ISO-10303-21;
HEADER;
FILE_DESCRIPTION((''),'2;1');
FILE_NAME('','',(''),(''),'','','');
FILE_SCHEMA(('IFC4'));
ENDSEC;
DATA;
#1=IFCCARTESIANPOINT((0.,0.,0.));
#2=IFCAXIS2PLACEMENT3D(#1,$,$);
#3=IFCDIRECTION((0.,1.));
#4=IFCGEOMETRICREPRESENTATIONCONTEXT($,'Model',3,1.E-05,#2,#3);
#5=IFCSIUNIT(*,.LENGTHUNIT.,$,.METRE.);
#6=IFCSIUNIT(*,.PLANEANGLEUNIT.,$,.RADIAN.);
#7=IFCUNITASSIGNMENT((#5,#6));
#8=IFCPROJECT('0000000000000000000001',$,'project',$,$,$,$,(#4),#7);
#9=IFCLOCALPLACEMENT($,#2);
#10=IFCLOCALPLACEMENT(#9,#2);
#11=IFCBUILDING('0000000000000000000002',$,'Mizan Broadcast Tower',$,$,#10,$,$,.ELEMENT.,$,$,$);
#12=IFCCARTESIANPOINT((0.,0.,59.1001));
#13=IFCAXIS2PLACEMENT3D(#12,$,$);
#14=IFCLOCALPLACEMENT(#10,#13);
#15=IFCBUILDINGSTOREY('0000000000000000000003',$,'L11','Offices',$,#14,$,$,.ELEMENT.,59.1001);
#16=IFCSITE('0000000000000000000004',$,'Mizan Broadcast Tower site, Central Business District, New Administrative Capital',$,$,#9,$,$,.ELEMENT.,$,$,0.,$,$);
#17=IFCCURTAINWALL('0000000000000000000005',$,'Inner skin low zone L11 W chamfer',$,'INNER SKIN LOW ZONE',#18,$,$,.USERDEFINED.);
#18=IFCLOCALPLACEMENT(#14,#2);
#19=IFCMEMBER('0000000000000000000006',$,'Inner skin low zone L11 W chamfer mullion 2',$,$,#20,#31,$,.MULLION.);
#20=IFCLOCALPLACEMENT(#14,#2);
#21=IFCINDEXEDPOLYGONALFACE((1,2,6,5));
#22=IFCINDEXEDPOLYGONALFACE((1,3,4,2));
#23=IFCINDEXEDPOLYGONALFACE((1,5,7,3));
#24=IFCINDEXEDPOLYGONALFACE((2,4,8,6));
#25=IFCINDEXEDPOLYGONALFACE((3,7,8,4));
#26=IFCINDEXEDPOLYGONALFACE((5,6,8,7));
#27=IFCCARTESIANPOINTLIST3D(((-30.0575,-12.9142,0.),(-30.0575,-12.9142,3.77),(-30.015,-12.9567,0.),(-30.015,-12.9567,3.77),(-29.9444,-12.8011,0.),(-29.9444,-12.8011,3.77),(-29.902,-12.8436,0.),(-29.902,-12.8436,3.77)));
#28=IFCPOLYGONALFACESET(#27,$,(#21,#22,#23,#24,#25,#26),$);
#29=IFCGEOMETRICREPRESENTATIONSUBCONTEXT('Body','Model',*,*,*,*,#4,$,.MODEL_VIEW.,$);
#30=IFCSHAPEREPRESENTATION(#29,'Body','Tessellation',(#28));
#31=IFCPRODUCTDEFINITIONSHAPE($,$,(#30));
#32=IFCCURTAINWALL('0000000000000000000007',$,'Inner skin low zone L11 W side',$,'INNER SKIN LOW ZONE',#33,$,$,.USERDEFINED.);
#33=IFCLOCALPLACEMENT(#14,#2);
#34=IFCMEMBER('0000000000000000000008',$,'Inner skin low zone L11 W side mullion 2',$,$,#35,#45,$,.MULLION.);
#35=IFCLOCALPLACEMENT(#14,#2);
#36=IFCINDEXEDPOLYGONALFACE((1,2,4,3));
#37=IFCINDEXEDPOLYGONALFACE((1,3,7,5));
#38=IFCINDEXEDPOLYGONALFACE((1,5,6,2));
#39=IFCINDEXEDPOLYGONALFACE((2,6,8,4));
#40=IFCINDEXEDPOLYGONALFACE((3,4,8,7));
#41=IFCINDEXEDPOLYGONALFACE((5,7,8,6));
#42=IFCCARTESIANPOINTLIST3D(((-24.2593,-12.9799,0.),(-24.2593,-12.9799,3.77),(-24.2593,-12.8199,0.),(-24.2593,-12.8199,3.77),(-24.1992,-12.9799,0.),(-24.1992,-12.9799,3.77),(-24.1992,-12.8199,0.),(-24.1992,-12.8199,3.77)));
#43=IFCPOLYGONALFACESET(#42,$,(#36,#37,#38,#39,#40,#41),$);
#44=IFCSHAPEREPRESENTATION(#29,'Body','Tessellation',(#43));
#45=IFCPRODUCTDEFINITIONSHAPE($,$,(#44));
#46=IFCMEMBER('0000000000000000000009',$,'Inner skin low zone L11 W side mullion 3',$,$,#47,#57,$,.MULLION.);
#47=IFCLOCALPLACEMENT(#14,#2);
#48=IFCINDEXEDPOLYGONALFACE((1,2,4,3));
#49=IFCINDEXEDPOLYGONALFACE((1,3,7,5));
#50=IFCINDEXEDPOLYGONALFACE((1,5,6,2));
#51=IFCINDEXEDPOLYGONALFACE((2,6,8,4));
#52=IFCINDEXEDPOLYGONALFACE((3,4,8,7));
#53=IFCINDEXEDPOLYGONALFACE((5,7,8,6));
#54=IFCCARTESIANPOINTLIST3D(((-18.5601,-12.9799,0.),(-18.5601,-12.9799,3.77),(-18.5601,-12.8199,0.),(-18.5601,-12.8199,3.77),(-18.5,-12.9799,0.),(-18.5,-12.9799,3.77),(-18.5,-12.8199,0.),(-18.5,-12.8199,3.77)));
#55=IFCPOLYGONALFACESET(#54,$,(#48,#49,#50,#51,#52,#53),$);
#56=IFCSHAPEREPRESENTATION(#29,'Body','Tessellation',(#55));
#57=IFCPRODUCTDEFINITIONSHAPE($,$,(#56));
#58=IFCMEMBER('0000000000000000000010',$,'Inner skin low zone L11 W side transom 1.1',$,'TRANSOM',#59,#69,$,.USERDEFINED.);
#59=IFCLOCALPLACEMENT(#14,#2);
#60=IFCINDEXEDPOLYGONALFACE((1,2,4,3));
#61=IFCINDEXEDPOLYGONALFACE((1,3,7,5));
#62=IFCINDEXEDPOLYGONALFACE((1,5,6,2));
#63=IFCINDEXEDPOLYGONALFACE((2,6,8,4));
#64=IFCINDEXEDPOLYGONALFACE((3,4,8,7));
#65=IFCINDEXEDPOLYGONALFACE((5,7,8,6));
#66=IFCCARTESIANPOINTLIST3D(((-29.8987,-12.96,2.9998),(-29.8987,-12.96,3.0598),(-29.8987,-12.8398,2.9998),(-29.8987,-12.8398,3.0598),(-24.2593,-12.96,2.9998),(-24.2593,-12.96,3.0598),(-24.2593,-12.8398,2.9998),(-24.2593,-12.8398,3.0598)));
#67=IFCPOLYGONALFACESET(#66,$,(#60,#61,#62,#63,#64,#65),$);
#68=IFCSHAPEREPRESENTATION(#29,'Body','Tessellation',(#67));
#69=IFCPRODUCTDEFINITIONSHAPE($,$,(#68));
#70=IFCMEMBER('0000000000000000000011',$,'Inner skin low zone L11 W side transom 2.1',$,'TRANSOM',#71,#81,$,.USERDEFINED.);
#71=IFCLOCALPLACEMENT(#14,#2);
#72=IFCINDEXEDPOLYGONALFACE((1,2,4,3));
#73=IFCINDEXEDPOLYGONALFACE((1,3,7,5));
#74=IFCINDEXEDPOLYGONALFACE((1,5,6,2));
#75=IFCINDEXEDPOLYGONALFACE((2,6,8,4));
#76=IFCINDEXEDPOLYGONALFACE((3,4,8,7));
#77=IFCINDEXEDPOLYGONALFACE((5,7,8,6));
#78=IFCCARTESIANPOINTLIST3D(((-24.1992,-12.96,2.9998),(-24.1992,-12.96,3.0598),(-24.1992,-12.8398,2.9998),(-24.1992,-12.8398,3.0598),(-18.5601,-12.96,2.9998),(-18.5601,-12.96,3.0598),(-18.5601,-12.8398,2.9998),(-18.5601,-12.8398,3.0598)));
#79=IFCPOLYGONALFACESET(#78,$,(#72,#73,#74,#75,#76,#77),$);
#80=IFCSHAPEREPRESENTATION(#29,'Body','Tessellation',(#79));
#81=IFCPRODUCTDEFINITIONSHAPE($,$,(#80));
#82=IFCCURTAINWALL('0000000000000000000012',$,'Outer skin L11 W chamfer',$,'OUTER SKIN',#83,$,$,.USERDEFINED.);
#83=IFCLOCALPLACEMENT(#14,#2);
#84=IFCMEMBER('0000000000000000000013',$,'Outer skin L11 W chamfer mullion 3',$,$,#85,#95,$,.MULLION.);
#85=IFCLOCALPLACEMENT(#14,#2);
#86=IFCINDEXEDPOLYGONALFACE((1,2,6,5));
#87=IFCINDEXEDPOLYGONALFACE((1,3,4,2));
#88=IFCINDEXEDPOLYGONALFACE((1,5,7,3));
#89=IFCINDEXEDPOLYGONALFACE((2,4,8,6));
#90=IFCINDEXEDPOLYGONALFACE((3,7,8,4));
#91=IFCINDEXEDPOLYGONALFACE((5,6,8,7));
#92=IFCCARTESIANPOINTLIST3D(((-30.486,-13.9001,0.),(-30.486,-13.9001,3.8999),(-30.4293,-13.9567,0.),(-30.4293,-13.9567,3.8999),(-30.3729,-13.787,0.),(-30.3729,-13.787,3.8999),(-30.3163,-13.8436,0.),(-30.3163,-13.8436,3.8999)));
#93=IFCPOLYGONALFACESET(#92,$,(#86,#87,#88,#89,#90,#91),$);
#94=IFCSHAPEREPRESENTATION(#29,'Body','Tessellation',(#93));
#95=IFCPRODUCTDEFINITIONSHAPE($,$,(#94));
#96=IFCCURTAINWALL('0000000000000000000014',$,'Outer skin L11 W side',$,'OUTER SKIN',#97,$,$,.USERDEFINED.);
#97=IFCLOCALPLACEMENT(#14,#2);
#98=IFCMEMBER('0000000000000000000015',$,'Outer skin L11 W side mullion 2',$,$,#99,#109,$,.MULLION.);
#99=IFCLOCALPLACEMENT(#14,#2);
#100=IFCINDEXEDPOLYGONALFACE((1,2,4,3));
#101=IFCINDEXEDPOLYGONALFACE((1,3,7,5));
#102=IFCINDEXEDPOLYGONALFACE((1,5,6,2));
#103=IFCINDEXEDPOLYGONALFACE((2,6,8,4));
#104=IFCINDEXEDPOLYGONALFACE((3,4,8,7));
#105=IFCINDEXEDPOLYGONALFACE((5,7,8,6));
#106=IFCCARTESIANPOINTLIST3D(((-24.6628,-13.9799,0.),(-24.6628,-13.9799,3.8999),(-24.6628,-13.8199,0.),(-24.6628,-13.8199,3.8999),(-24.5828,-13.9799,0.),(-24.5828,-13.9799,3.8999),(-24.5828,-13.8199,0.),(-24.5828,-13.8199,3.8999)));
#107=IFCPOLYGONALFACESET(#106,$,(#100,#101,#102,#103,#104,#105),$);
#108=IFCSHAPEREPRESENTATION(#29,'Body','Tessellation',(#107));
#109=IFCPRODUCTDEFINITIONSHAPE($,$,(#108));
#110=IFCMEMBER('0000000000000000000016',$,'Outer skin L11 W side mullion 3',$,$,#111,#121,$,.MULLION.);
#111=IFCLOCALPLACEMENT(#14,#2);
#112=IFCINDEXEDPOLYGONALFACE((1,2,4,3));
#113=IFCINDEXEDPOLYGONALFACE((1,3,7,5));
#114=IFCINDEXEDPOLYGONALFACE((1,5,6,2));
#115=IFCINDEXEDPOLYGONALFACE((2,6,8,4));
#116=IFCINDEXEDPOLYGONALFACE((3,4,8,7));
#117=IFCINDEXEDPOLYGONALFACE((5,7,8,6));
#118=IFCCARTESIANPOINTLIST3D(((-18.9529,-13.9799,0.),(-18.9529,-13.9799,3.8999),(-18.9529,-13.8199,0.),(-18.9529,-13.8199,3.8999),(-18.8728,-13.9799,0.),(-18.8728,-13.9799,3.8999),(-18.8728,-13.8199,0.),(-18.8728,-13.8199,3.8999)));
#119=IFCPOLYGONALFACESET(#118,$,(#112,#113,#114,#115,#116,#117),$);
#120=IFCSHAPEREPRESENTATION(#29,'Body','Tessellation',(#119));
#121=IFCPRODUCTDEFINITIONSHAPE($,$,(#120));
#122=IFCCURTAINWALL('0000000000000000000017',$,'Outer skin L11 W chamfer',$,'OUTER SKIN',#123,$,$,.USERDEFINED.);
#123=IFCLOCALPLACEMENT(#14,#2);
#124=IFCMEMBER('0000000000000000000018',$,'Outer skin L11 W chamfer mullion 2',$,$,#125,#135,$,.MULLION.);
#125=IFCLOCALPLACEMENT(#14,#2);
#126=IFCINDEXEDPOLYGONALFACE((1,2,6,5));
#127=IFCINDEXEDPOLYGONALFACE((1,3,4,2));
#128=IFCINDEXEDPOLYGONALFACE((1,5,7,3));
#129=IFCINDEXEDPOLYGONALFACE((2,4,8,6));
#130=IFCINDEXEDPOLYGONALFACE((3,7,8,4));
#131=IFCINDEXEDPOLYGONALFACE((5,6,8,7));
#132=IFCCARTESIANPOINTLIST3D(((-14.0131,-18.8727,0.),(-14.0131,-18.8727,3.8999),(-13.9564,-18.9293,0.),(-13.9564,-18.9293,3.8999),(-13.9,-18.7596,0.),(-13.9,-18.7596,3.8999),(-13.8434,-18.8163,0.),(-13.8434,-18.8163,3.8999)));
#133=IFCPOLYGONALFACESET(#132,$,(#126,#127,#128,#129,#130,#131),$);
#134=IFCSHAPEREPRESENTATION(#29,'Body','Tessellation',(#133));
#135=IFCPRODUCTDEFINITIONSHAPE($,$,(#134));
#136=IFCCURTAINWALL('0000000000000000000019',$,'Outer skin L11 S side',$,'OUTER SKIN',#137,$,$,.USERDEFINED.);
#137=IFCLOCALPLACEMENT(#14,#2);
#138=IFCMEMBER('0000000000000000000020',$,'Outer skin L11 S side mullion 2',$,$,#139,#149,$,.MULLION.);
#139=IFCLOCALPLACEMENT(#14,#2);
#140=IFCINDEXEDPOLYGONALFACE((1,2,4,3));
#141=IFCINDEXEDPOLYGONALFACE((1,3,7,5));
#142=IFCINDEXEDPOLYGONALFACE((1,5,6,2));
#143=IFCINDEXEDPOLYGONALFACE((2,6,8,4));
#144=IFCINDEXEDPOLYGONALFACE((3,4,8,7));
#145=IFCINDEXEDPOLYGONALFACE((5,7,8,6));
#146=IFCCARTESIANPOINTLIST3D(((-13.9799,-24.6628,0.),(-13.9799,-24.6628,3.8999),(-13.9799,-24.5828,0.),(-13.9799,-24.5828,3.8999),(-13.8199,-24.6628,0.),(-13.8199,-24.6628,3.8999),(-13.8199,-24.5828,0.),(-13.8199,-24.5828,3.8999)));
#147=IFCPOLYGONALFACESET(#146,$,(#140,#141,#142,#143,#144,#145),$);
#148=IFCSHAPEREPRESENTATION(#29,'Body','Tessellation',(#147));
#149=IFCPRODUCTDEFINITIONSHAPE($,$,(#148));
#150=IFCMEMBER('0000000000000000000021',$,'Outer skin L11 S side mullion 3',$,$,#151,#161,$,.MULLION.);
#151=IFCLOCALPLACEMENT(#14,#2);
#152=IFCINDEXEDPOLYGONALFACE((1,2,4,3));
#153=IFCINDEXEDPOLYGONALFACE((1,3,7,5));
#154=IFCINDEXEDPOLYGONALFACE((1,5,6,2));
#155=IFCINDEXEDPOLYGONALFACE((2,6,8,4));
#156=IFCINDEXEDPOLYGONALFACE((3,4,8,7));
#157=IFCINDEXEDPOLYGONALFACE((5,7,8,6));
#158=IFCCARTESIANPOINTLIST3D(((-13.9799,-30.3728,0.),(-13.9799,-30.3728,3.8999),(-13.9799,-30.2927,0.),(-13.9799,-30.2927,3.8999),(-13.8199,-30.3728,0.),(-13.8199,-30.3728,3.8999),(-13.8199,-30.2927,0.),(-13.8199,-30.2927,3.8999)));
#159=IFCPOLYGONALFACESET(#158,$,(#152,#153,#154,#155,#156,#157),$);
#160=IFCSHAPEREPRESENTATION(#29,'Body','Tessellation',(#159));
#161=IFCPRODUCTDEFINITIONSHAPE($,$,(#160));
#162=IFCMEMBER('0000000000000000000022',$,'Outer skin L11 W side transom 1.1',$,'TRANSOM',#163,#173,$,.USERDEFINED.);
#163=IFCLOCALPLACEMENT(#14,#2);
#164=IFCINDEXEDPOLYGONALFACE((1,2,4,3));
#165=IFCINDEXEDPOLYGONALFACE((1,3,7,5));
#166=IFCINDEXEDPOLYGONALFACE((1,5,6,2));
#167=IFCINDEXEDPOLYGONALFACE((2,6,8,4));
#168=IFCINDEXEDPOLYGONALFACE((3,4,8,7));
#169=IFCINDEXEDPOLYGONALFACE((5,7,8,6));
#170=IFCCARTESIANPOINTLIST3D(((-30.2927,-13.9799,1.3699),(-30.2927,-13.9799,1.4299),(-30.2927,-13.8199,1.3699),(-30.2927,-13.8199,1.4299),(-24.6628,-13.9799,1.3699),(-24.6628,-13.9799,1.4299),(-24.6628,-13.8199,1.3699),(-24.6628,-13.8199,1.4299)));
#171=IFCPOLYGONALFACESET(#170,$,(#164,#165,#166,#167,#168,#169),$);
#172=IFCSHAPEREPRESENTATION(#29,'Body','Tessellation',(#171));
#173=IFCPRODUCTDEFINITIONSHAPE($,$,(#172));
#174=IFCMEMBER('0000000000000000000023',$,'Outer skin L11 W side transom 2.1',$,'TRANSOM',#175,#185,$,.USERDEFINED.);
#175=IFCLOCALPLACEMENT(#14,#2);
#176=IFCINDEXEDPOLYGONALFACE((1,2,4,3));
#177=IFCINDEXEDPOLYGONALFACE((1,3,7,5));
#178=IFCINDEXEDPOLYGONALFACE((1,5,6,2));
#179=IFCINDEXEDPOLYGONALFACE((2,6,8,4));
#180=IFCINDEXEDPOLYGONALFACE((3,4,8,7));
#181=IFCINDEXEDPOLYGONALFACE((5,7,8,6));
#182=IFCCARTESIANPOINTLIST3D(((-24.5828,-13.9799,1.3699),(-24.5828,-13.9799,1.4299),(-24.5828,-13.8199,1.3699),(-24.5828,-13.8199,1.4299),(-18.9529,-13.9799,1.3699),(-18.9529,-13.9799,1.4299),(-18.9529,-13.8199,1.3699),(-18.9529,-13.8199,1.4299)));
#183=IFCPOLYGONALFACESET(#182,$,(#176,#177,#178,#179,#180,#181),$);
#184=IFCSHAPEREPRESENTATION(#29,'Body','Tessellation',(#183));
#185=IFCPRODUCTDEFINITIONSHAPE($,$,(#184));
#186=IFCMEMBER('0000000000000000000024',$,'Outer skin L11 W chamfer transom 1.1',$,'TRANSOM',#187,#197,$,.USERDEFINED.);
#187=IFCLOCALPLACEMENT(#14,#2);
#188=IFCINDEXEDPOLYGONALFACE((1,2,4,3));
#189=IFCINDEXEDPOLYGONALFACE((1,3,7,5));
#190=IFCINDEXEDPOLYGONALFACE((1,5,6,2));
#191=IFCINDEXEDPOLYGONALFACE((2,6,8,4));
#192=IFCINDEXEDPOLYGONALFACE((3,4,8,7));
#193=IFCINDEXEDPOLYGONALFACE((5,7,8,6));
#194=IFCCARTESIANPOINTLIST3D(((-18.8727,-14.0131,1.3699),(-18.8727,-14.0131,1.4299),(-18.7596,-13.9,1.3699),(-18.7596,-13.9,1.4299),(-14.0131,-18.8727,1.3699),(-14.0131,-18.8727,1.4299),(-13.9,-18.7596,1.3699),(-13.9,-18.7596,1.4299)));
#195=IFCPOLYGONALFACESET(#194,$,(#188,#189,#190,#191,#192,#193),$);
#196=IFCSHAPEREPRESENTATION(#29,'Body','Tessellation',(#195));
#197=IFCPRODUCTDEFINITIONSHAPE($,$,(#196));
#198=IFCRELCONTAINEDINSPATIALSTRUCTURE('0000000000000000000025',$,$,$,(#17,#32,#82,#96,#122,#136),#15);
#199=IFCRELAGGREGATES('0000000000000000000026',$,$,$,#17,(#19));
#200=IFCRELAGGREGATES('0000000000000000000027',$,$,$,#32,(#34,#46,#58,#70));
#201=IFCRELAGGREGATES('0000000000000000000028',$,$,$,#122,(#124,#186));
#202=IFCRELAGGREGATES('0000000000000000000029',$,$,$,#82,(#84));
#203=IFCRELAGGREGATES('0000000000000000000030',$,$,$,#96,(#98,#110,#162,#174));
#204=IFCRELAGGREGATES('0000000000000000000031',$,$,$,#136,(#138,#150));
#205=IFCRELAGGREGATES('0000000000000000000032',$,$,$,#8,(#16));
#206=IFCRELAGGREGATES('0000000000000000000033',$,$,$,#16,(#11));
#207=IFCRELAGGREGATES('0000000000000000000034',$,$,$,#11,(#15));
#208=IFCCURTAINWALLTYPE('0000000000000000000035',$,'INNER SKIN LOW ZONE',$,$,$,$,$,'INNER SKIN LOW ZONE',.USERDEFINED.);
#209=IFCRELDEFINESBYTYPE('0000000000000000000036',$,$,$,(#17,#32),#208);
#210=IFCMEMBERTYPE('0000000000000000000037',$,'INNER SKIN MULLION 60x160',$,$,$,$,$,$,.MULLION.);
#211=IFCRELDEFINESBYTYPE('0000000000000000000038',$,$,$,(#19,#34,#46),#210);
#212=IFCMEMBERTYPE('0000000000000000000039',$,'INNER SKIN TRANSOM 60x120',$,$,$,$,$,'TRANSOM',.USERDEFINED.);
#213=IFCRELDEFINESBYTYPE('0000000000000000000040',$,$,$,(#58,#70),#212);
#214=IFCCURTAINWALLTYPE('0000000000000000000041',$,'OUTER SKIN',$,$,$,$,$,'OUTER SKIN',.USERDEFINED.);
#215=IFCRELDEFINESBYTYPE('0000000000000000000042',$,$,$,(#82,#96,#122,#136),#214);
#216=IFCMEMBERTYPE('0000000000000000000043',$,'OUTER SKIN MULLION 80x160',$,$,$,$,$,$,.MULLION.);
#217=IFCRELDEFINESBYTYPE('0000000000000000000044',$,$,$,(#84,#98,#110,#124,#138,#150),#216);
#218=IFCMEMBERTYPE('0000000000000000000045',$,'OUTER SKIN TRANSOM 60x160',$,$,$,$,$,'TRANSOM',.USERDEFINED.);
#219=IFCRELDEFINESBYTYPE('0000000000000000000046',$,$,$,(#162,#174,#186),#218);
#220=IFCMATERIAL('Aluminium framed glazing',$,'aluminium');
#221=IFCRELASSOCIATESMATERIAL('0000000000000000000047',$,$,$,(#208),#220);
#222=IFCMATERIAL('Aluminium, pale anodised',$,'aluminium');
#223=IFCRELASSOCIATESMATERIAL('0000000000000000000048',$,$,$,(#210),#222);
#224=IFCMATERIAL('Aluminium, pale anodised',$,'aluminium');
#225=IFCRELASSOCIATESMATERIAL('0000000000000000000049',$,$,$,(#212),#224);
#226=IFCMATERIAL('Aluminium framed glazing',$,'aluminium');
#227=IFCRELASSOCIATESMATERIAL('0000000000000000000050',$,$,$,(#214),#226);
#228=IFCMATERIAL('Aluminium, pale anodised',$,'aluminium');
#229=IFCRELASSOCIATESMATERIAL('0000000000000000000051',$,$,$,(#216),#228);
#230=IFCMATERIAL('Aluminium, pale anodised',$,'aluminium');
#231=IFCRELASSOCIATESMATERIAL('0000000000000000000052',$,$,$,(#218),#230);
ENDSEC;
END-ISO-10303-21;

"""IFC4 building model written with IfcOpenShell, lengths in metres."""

from ifc_helpers import new_model, si_unit, direction, frame, origin, origin_2d, place, context, subcontext, project, spatial, rectangle, extrude, material, material_profile, profile_set, type_object, element, aggregate, save


model = new_model("IFC4")

# Units and contexts
model_context = context("Model", 3, precision=1e-05, world=origin(), true_north=direction((0.0, 1.0)))
body_context = subcontext(model_context, "Body", "Model", "MODEL_VIEW")
ifc_project = project(units=[si_unit("LENGTHUNIT", "METRE"), si_unit("PLANEANGLEUNIT", "RADIAN")], contexts=[model_context])

# Site, building, storey
site_placement = place(None, origin())
site = spatial("IfcSite", under=ifc_project, at=site_placement, Name="Mizan Broadcast Tower site, Central Business District, New Administrative Capital", CompositionType="ELEMENT", RefElevation=0.0)
building_placement = place(site_placement, origin())
building = spatial("IfcBuilding", under=site, at=building_placement, Name="Mizan Broadcast Tower", CompositionType="ELEMENT")
storey_placement = place(building_placement, frame((0.0, 0.0, 59.1001)))
storey = spatial("IfcBuildingStorey", under=building, at=storey_placement, Name="L11", Description="Offices", CompositionType="ELEMENT", Elevation=59.1001)

# Curtain wall, member
ifc_material_1 = material(Name="Aluminium framed glazing", Category="aluminium")
curtain_wall_type_1 = type_object("IfcCurtainWallType", Name="INNER SKIN LOW ZONE", ElementType="INNER SKIN LOW ZONE", PredefinedType="USERDEFINED", material=ifc_material_1)
curtain_wall_1_placement = place(storey_placement, origin())
curtain_wall_1 = element("IfcCurtainWall", 1, at=curtain_wall_1_placement, inside=storey, type_object=curtain_wall_type_1, Name="Inner skin low zone L11 W chamfer", ObjectType="INNER SKIN LOW ZONE", PredefinedType="USERDEFINED")
ifc_material_2 = material(Name="Aluminium, pale anodised", Category="aluminium")
ifc_material_profile_1 = material_profile(ifc_material_2, rectangle(XDim=0.1599, YDim=0.0601, at=origin_2d()), Name="MULLION 160x60")
ifc_profile_set_1 = profile_set([ifc_material_profile_1], Name="Aluminium, pale anodised")
member_type_1 = type_object("IfcMemberType", Name="INNER SKIN MULLION 60x160", PredefinedType="MULLION", material=ifc_profile_set_1)
member_1_placement = place(storey_placement, frame((-29.9797, -12.8789, 0.0), z_axis=(0.0, 0.0, 1.0), x_axis=(0.707107, 0.707107, 0.0)))
member_1 = element("IfcMember", 2, at=member_1_placement, type_object=member_type_1, Name="Inner skin low zone L11 W chamfer mullion 2", PredefinedType="MULLION", context=body_context, shape_type="SweptSolid", body=[
    extrude(rectangle(XDim=0.1599, YDim=0.0601, at=origin_2d()), origin(), (0.0, 0.0, 1.0), 3.77),
])
aggregate(curtain_wall_1, [member_1])

# Curtain wall, members
curtain_wall_2_placement = place(storey_placement, origin())
curtain_wall_2 = element("IfcCurtainWall", 3, at=curtain_wall_2_placement, inside=storey, type_object=curtain_wall_type_1, Name="Inner skin low zone L11 W side", ObjectType="INNER SKIN LOW ZONE", PredefinedType="USERDEFINED")
member_2_placement = place(storey_placement, frame((-24.2292, -12.8999, 0.0), z_axis=(0.0, 0.0, 1.0), x_axis=(0.0, 1.0, 0.0)))
member_2 = element("IfcMember", 4, at=member_2_placement, type_object=member_type_1, Name="Inner skin low zone L11 W side mullion 2", PredefinedType="MULLION", context=body_context, shape_type="SweptSolid", body=[
    extrude(rectangle(XDim=0.1599, YDim=0.0601, at=origin_2d()), origin(), (0.0, 0.0, 1.0), 3.77),
])
member_3_placement = place(storey_placement, frame((-18.53, -12.8999, 0.0), z_axis=(0.0, 0.0, 1.0), x_axis=(0.0, 1.0, 0.0)))
member_3 = element("IfcMember", 5, at=member_3_placement, type_object=member_type_1, Name="Inner skin low zone L11 W side mullion 3", PredefinedType="MULLION", context=body_context, shape_type="SweptSolid", body=[
    extrude(rectangle(XDim=0.1599, YDim=0.0601, at=origin_2d()), origin(), (0.0, 0.0, 1.0), 3.77),
])
ifc_material_3 = material(Name="Aluminium, pale anodised", Category="aluminium")
ifc_material_profile_2 = material_profile(ifc_material_3, rectangle(XDim=0.1201, YDim=0.0601, at=origin_2d()), Name="TRANSOM 120x60")
ifc_profile_set_2 = profile_set([ifc_material_profile_2], Name="Aluminium, pale anodised")
member_type_2 = type_object("IfcMemberType", Name="INNER SKIN TRANSOM 60x120", ElementType="TRANSOM", PredefinedType="USERDEFINED", material=ifc_profile_set_2)
member_4_placement = place(storey_placement, frame((-29.8987, -12.8999, 3.0298), z_axis=(1.0, 0.0, 0.0), x_axis=(0.0, 1.0, 0.0)))
member_4 = element("IfcMember", 6, at=member_4_placement, type_object=member_type_2, Name="Inner skin low zone L11 W side transom 1.1", ObjectType="TRANSOM", PredefinedType="USERDEFINED", context=body_context, shape_type="SweptSolid", body=[
    extrude(rectangle(XDim=0.1201, YDim=0.0601, at=origin_2d()), origin(), (0.0, 0.0, 1.0), 5.6394),
])
member_5_placement = place(storey_placement, frame((-24.1992, -12.8999, 3.0298), z_axis=(1.0, 0.0, 0.0), x_axis=(0.0, 1.0, 0.0)))
member_5 = element("IfcMember", 7, at=member_5_placement, type_object=member_type_2, Name="Inner skin low zone L11 W side transom 2.1", ObjectType="TRANSOM", PredefinedType="USERDEFINED", context=body_context, shape_type="SweptSolid", body=[
    extrude(rectangle(XDim=0.1201, YDim=0.0601, at=origin_2d()), origin(), (0.0, 0.0, 1.0), 5.6392),
])

# Curtain wall, member
ifc_material_4 = material(Name="Aluminium framed glazing", Category="aluminium")
curtain_wall_type_2 = type_object("IfcCurtainWallType", Name="OUTER SKIN", ElementType="OUTER SKIN", PredefinedType="USERDEFINED", material=ifc_material_4)
curtain_wall_3_placement = place(storey_placement, origin())
curtain_wall_3 = element("IfcCurtainWall", 8, at=curtain_wall_3_placement, inside=storey, type_object=curtain_wall_type_2, Name="Outer skin L11 W chamfer", ObjectType="OUTER SKIN", PredefinedType="USERDEFINED")
ifc_material_5 = material(Name="Aluminium, pale anodised", Category="aluminium")
ifc_material_profile_3 = material_profile(ifc_material_5, rectangle(XDim=0.1599, YDim=0.0801, at=origin_2d()), Name="MULLION 160x80")
ifc_profile_set_3 = profile_set([ifc_material_profile_3], Name="Aluminium, pale anodised")
member_type_3 = type_object("IfcMemberType", Name="OUTER SKIN MULLION 80x160", PredefinedType="MULLION", material=ifc_profile_set_3)
member_6_placement = place(storey_placement, frame((-30.4011, -13.8718, 0.0), z_axis=(0.0, 0.0, 1.0), x_axis=(0.707107, 0.707107, 0.0)))
member_6 = element("IfcMember", 9, at=member_6_placement, type_object=member_type_3, Name="Outer skin L11 W chamfer mullion 3", PredefinedType="MULLION", context=body_context, shape_type="SweptSolid", body=[
    extrude(rectangle(XDim=0.1599, YDim=0.0801, at=origin_2d()), origin(), (0.0, 0.0, 1.0), 3.8999),
])

# Curtain wall, members
curtain_wall_4_placement = place(storey_placement, origin())
curtain_wall_4 = element("IfcCurtainWall", 10, at=curtain_wall_4_placement, inside=storey, type_object=curtain_wall_type_2, Name="Outer skin L11 W side", ObjectType="OUTER SKIN", PredefinedType="USERDEFINED")
member_7_placement = place(storey_placement, frame((-24.6228, -13.8999, 0.0), z_axis=(0.0, 0.0, 1.0), x_axis=(0.0, 1.0, 0.0)))
member_7 = element("IfcMember", 11, at=member_7_placement, type_object=member_type_3, Name="Outer skin L11 W side mullion 2", PredefinedType="MULLION", context=body_context, shape_type="SweptSolid", body=[
    extrude(rectangle(XDim=0.1599, YDim=0.0801, at=origin_2d()), origin(), (0.0, 0.0, 1.0), 3.8999),
])
member_8_placement = place(storey_placement, frame((-18.9128, -13.8999, 0.0), z_axis=(0.0, 0.0, 1.0), x_axis=(0.0, 1.0, 0.0)))
member_8 = element("IfcMember", 12, at=member_8_placement, type_object=member_type_3, Name="Outer skin L11 W side mullion 3", PredefinedType="MULLION", context=body_context, shape_type="SweptSolid", body=[
    extrude(rectangle(XDim=0.1599, YDim=0.0801, at=origin_2d()), origin(), (0.0, 0.0, 1.0), 3.8999),
])

# Curtain wall, member
curtain_wall_5_placement = place(storey_placement, origin())
curtain_wall_5 = element("IfcCurtainWall", 13, at=curtain_wall_5_placement, inside=storey, type_object=curtain_wall_type_2, Name="Outer skin L11 W chamfer", ObjectType="OUTER SKIN", PredefinedType="USERDEFINED")
member_9_placement = place(storey_placement, frame((-13.9282, -18.8445, 0.0), z_axis=(0.0, 0.0, 1.0), x_axis=(0.707107, 0.707107, 0.0)))
member_9 = element("IfcMember", 14, at=member_9_placement, type_object=member_type_3, Name="Outer skin L11 W chamfer mullion 2", PredefinedType="MULLION", context=body_context, shape_type="SweptSolid", body=[
    extrude(rectangle(XDim=0.1599, YDim=0.0801, at=origin_2d()), origin(), (0.0, 0.0, 1.0), 3.8999),
])

# Curtain wall, members
curtain_wall_6_placement = place(storey_placement, origin())
curtain_wall_6 = element("IfcCurtainWall", 15, at=curtain_wall_6_placement, inside=storey, type_object=curtain_wall_type_2, Name="Outer skin L11 S side", ObjectType="OUTER SKIN", PredefinedType="USERDEFINED")
member_10_placement = place(storey_placement, frame((-13.8999, -24.6228, 0.0), z_axis=(0.0, 0.0, 1.0), x_axis=(1.0, 0.0, 0.0)))
member_10 = element("IfcMember", 16, at=member_10_placement, type_object=member_type_3, Name="Outer skin L11 S side mullion 2", PredefinedType="MULLION", context=body_context, shape_type="SweptSolid", body=[
    extrude(rectangle(XDim=0.1599, YDim=0.0801, at=origin_2d()), origin(), (0.0, 0.0, 1.0), 3.8999),
])
member_11_placement = place(storey_placement, frame((-13.8999, -30.3328, 0.0), z_axis=(0.0, 0.0, 1.0), x_axis=(1.0, 0.0, 0.0)))
member_11 = element("IfcMember", 17, at=member_11_placement, type_object=member_type_3, Name="Outer skin L11 S side mullion 3", PredefinedType="MULLION", context=body_context, shape_type="SweptSolid", body=[
    extrude(rectangle(XDim=0.1599, YDim=0.0801, at=origin_2d()), origin(), (0.0, 0.0, 1.0), 3.8999),
])

# Members
ifc_material_6 = material(Name="Aluminium, pale anodised", Category="aluminium")
ifc_material_profile_4 = material_profile(ifc_material_6, rectangle(XDim=0.1599, YDim=0.0601, at=origin_2d()), Name="TRANSOM 160x60")
ifc_profile_set_4 = profile_set([ifc_material_profile_4], Name="Aluminium, pale anodised")
member_type_4 = type_object("IfcMemberType", Name="OUTER SKIN TRANSOM 60x160", ElementType="TRANSOM", PredefinedType="USERDEFINED", material=ifc_profile_set_4)
member_12_placement = place(storey_placement, frame((-30.2927, -13.8999, 1.3999), z_axis=(1.0, 0.0, 0.0), x_axis=(0.0, 1.0, 0.0)))
member_12 = element("IfcMember", 18, at=member_12_placement, type_object=member_type_4, Name="Outer skin L11 W side transom 1.1", ObjectType="TRANSOM", PredefinedType="USERDEFINED", context=body_context, shape_type="SweptSolid", body=[
    extrude(rectangle(XDim=0.1599, YDim=0.0601, at=origin_2d()), origin(), (0.0, 0.0, 1.0), 5.6299),
])
member_13_placement = place(storey_placement, frame((-24.5828, -13.8999, 1.3999), z_axis=(1.0, 0.0, 0.0), x_axis=(0.0, 1.0, 0.0)))
member_13 = element("IfcMember", 19, at=member_13_placement, type_object=member_type_4, Name="Outer skin L11 W side transom 2.1", ObjectType="TRANSOM", PredefinedType="USERDEFINED", context=body_context, shape_type="SweptSolid", body=[
    extrude(rectangle(XDim=0.1599, YDim=0.0601, at=origin_2d()), origin(), (0.0, 0.0, 1.0), 5.6299),
])
member_14_placement = place(storey_placement, frame((-18.8162, -13.9565, 1.3999), z_axis=(0.707107, -0.707107, 0.0), x_axis=(0.707107, 0.707107, 0.0)))
member_14 = element("IfcMember", 20, at=member_14_placement, type_object=member_type_4, Name="Outer skin L11 W chamfer transom 1.1", ObjectType="TRANSOM", PredefinedType="USERDEFINED", context=body_context, shape_type="SweptSolid", body=[
    extrude(rectangle(XDim=0.1599, YDim=0.0601, at=origin_2d()), origin(), (0.0, 0.0, 1.0), 6.8726),
])

aggregate(curtain_wall_2, [member_2, member_3, member_4, member_5])
aggregate(curtain_wall_5, [member_9, member_14])
aggregate(curtain_wall_3, [member_6])
aggregate(curtain_wall_4, [member_7, member_8, member_12, member_13])
aggregate(curtain_wall_6, [member_10, member_11])

save(model, "model.ifc")
